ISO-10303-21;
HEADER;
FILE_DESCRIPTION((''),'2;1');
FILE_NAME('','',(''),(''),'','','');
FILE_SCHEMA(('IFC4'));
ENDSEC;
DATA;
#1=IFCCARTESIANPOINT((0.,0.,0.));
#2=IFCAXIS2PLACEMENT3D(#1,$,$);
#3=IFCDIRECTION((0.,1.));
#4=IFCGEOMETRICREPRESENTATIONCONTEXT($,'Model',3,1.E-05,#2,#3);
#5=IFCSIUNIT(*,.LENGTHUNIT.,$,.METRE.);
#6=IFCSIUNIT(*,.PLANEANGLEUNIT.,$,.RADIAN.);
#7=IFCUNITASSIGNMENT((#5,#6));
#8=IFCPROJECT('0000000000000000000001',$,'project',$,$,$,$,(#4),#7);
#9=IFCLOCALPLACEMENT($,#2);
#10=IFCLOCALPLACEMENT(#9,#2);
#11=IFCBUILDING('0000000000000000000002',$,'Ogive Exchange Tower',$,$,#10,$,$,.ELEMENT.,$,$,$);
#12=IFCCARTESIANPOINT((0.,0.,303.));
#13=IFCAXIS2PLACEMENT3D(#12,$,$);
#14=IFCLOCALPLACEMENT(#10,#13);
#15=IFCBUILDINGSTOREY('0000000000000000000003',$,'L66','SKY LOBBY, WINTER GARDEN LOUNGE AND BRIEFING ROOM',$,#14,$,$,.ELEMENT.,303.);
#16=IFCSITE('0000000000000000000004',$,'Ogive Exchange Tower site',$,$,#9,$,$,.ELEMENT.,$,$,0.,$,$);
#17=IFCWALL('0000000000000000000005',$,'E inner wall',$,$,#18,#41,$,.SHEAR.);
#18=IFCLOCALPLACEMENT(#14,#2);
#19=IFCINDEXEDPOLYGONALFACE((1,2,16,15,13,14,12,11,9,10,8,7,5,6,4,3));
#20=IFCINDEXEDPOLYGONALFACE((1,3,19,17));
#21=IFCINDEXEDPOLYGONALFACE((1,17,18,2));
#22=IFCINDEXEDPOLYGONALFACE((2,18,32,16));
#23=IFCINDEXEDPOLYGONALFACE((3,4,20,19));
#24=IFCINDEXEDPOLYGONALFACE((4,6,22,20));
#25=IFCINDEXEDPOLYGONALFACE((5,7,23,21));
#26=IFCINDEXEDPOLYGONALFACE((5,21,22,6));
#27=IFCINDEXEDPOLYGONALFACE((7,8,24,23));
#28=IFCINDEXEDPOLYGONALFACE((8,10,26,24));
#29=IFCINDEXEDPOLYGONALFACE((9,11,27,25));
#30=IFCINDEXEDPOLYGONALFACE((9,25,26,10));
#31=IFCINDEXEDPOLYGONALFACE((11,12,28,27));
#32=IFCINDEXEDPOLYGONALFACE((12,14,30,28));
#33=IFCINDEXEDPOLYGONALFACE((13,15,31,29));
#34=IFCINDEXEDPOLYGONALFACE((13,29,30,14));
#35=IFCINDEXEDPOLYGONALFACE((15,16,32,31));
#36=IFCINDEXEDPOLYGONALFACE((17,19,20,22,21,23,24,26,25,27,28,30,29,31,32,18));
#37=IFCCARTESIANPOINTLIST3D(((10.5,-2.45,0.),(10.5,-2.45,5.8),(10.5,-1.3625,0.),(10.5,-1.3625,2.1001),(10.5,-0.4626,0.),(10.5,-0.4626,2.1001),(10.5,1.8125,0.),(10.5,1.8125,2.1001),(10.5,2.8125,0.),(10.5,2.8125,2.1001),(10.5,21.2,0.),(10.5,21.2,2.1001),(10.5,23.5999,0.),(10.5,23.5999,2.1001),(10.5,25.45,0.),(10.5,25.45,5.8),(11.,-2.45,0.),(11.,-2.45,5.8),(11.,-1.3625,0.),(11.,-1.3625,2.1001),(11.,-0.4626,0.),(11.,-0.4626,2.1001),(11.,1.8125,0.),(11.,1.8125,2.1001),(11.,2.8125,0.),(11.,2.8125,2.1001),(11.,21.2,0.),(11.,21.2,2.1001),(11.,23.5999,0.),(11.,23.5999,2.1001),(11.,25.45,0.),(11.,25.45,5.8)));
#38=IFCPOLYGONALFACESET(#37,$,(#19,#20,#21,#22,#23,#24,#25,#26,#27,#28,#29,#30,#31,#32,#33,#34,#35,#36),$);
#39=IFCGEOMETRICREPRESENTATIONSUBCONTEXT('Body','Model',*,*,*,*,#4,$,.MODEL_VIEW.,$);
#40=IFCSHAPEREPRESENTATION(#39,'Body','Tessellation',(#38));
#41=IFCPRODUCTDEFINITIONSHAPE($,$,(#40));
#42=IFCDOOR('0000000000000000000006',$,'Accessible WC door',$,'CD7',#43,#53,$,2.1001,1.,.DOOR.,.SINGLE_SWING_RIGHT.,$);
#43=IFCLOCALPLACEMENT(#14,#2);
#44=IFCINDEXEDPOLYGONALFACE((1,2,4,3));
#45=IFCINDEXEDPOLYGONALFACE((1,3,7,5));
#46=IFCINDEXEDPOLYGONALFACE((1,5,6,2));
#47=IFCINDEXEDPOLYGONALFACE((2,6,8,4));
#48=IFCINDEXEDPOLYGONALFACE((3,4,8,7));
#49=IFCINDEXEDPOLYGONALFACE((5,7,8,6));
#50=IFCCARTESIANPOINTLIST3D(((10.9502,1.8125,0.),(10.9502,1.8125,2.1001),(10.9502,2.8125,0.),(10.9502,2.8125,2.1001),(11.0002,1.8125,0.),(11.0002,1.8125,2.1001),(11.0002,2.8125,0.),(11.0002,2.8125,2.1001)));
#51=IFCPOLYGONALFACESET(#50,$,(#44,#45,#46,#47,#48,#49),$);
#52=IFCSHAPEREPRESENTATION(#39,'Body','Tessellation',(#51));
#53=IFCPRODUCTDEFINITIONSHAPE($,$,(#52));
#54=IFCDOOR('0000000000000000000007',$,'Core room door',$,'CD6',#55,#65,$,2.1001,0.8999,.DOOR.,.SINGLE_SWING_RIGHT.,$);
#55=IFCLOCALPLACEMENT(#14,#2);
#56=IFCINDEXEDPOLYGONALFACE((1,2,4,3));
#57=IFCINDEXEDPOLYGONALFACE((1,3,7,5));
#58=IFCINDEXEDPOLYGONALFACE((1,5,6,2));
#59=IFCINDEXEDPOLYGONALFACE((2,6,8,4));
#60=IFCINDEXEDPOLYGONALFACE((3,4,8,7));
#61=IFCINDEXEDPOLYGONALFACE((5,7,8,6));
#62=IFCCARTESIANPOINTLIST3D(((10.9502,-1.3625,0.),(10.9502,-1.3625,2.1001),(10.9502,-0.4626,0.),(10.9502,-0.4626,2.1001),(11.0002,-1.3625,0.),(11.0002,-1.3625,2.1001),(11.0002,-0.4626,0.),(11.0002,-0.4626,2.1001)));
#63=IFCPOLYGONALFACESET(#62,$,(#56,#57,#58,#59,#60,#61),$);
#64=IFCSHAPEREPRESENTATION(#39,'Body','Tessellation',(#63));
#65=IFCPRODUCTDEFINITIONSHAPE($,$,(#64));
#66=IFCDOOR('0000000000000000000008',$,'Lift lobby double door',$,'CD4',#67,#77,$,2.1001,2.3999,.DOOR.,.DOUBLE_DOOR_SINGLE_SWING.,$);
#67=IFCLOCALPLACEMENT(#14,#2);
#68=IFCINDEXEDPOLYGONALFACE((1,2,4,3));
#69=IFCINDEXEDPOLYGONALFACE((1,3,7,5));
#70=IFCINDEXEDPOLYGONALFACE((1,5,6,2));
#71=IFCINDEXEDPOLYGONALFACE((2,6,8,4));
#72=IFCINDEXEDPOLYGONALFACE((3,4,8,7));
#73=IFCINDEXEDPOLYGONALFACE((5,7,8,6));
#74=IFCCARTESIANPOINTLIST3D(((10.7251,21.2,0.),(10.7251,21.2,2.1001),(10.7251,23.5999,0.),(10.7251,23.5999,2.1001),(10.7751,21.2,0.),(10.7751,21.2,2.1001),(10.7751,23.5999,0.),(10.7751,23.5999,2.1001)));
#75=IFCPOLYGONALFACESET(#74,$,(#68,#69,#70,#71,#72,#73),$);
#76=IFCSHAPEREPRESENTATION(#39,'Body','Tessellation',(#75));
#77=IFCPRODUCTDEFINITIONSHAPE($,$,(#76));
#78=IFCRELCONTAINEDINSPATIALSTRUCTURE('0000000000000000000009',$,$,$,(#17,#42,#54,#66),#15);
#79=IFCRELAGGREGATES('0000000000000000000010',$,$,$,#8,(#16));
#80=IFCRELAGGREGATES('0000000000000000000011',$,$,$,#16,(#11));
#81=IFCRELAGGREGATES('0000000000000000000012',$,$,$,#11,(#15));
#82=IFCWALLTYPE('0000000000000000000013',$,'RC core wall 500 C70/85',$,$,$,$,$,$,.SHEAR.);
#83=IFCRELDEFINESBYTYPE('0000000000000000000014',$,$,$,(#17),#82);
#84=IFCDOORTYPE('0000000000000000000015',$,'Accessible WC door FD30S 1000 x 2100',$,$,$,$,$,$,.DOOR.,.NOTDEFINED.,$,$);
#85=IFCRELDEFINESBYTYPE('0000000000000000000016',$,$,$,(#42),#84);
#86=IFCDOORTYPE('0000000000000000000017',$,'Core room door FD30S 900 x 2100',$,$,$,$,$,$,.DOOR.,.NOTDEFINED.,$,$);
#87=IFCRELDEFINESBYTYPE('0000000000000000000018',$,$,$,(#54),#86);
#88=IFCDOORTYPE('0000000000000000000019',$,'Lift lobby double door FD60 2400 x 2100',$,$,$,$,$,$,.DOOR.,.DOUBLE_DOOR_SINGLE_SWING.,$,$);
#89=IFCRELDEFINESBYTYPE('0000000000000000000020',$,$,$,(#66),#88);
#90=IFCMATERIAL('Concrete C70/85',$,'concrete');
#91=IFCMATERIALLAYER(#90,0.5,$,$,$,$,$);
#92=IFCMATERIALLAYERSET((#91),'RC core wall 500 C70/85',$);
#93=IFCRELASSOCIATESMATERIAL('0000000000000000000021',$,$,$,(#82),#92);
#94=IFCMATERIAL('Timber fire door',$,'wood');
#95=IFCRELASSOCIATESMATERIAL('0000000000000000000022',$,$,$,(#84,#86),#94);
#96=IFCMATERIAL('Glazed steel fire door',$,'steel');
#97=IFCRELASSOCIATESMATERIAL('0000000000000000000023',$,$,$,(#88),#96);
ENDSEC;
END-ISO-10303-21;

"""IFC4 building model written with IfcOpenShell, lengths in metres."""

from ifc_helpers import new_model, si_unit, direction, frame, frame_2d, origin, place, context, subcontext, project, spatial, rectangle, extrude, material, layer, layer_set, type_object, element, fill, save


model = new_model("IFC4")

# Units and contexts
model_context = context("Model", 3, precision=1e-05, world=origin(), true_north=direction((0.0, 1.0)))
body_context = subcontext(model_context, "Body", "Model", "MODEL_VIEW")
ifc_project = project(units=[si_unit("LENGTHUNIT", "METRE"), si_unit("PLANEANGLEUNIT", "RADIAN")], contexts=[model_context])

# Site, building, storey
site_placement = place(None, origin())
site = spatial("IfcSite", under=ifc_project, at=site_placement, Name="Ogive Exchange Tower site", CompositionType="ELEMENT", RefElevation=0.0)
building_placement = place(site_placement, origin())
building = spatial("IfcBuilding", under=site, at=building_placement, Name="Ogive Exchange Tower", CompositionType="ELEMENT")
storey_placement = place(building_placement, frame((0.0, 0.0, 303.0)))
storey = spatial("IfcBuildingStorey", under=building, at=storey_placement, Name="L66", Description="SKY LOBBY, WINTER GARDEN LOUNGE AND BRIEFING ROOM", CompositionType="ELEMENT", Elevation=303.0)

# Shared definitions
ifc_material_1 = material(Name="Concrete C70/85", Category="concrete")

# Wall, openings, doors
ifc_layer_1 = layer(ifc_material_1, 0.5)
ifc_layer_set_1 = layer_set([ifc_layer_1], Name="RC core wall 500 C70/85")
wall_type_1 = type_object("IfcWallType", Name="RC core wall 500 C70/85", PredefinedType="SHEAR", material=ifc_layer_set_1)
wall_1_placement = place(storey_placement, frame((10.75, -2.45, 0.0), z_axis=(0.0, 0.0, 1.0), x_axis=(0.0, 1.0, 0.0)))
wall_1 = element("IfcWall", 1, at=wall_1_placement, inside=storey, type_object=wall_type_1, Name="E inner wall", PredefinedType="SHEAR", context=body_context, shape_type="SweptSolid", body=[
    extrude(rectangle(XDim=27.8999, YDim=0.5, at=frame_2d((13.95, 0.0))), origin(), (0.0, 0.0, 1.0), 5.8),
])
opening_1_placement = place(wall_1_placement, frame((23.6499, 0.0, 0.0)))
opening_1 = element("IfcOpeningElement", 2, at=opening_1_placement, cuts=wall_1, PredefinedType="OPENING", context=body_context, shape_type="SweptSolid", body=[
    extrude(rectangle(XDim=2.3999, YDim=2.1001, at=frame_2d((1.2, 1.05))), frame((0.0, 0.26, 0.0), z_axis=(0.0, -1.0, 0.0), x_axis=(1.0, 0.0, 0.0)), (0.0, 0.0, 1.0), 0.52),
])
opening_2_placement = place(wall_1_placement, frame((1.0874, 0.0, 0.0)))
opening_2 = element("IfcOpeningElement", 3, at=opening_2_placement, cuts=wall_1, PredefinedType="OPENING", context=body_context, shape_type="SweptSolid", body=[
    extrude(rectangle(XDim=0.8999, YDim=2.1001, at=frame_2d((0.45, 1.05))), frame((0.0, 0.26, 0.0), z_axis=(0.0, -1.0, 0.0), x_axis=(1.0, 0.0, 0.0)), (0.0, 0.0, 1.0), 0.52),
])
opening_3_placement = place(wall_1_placement, frame((4.2625, 0.0, 0.0)))
opening_3 = element("IfcOpeningElement", 4, at=opening_3_placement, cuts=wall_1, PredefinedType="OPENING", context=body_context, shape_type="SweptSolid", body=[
    extrude(rectangle(XDim=1.0, YDim=2.1001, at=frame_2d((0.5, 1.05))), frame((0.0, 0.26, 0.0), z_axis=(0.0, -1.0, 0.0), x_axis=(1.0, 0.0, 0.0)), (0.0, 0.0, 1.0), 0.52),
])
ifc_material_2 = material(Name="Timber fire door", Category="wood")
door_type_1 = type_object("IfcDoorType", Name="Accessible WC door FD30S 1000 x 2100", OperationType="NOTDEFINED", PredefinedType="DOOR", material=ifc_material_2)
door_1_placement = place(opening_3_placement, origin())
door_1 = element("IfcDoor", 5, at=door_1_placement, inside=storey, type_object=door_type_1, Name="Accessible WC door", ObjectType="CD7", OperationType="SINGLE_SWING_RIGHT", OverallHeight=2.1001, OverallWidth=1.0, PredefinedType="DOOR", context=body_context, shape_type="SweptSolid", body=[
    extrude(rectangle(XDim=1.0, YDim=2.1001, at=frame_2d((0.5, 1.05))), frame((0.0, -0.2002, 0.0), z_axis=(0.0, -1.0, 0.0), x_axis=(1.0, 0.0, 0.0)), (0.0, 0.0, 1.0), 0.05),
])
fill(opening_3, door_1)
door_type_2 = type_object("IfcDoorType", Name="Core room door FD30S 900 x 2100", OperationType="NOTDEFINED", PredefinedType="DOOR", material=ifc_material_2)
door_2_placement = place(opening_2_placement, origin())
door_2 = element("IfcDoor", 6, at=door_2_placement, inside=storey, type_object=door_type_2, Name="Core room door", ObjectType="CD6", OperationType="SINGLE_SWING_RIGHT", OverallHeight=2.1001, OverallWidth=0.8999, PredefinedType="DOOR", context=body_context, shape_type="SweptSolid", body=[
    extrude(rectangle(XDim=0.8999, YDim=2.1001, at=frame_2d((0.45, 1.05))), frame((0.0, -0.2002, 0.0), z_axis=(0.0, -1.0, 0.0), x_axis=(1.0, 0.0, 0.0)), (0.0, 0.0, 1.0), 0.05),
])
fill(opening_2, door_2)
ifc_material_3 = material(Name="Glazed steel fire door", Category="steel")
door_type_3 = type_object("IfcDoorType", Name="Lift lobby double door FD60 2400 x 2100", OperationType="DOUBLE_DOOR_SINGLE_SWING", PredefinedType="DOOR", material=ifc_material_3)
door_3_placement = place(opening_1_placement, origin())
door_3 = element("IfcDoor", 7, at=door_3_placement, inside=storey, type_object=door_type_3, Name="Lift lobby double door", ObjectType="CD4", OperationType="DOUBLE_DOOR_SINGLE_SWING", OverallHeight=2.1001, OverallWidth=2.3999, PredefinedType="DOOR", context=body_context, shape_type="SweptSolid", body=[
    extrude(rectangle(XDim=2.3999, YDim=2.1001, at=frame_2d((1.2, 1.05))), frame((0.0, 0.0249, 0.0), z_axis=(0.0, -1.0, 0.0), x_axis=(1.0, 0.0, 0.0)), (0.0, 0.0, 1.0), 0.05),
])
fill(opening_1, door_3)

save(model, "model.ifc")
